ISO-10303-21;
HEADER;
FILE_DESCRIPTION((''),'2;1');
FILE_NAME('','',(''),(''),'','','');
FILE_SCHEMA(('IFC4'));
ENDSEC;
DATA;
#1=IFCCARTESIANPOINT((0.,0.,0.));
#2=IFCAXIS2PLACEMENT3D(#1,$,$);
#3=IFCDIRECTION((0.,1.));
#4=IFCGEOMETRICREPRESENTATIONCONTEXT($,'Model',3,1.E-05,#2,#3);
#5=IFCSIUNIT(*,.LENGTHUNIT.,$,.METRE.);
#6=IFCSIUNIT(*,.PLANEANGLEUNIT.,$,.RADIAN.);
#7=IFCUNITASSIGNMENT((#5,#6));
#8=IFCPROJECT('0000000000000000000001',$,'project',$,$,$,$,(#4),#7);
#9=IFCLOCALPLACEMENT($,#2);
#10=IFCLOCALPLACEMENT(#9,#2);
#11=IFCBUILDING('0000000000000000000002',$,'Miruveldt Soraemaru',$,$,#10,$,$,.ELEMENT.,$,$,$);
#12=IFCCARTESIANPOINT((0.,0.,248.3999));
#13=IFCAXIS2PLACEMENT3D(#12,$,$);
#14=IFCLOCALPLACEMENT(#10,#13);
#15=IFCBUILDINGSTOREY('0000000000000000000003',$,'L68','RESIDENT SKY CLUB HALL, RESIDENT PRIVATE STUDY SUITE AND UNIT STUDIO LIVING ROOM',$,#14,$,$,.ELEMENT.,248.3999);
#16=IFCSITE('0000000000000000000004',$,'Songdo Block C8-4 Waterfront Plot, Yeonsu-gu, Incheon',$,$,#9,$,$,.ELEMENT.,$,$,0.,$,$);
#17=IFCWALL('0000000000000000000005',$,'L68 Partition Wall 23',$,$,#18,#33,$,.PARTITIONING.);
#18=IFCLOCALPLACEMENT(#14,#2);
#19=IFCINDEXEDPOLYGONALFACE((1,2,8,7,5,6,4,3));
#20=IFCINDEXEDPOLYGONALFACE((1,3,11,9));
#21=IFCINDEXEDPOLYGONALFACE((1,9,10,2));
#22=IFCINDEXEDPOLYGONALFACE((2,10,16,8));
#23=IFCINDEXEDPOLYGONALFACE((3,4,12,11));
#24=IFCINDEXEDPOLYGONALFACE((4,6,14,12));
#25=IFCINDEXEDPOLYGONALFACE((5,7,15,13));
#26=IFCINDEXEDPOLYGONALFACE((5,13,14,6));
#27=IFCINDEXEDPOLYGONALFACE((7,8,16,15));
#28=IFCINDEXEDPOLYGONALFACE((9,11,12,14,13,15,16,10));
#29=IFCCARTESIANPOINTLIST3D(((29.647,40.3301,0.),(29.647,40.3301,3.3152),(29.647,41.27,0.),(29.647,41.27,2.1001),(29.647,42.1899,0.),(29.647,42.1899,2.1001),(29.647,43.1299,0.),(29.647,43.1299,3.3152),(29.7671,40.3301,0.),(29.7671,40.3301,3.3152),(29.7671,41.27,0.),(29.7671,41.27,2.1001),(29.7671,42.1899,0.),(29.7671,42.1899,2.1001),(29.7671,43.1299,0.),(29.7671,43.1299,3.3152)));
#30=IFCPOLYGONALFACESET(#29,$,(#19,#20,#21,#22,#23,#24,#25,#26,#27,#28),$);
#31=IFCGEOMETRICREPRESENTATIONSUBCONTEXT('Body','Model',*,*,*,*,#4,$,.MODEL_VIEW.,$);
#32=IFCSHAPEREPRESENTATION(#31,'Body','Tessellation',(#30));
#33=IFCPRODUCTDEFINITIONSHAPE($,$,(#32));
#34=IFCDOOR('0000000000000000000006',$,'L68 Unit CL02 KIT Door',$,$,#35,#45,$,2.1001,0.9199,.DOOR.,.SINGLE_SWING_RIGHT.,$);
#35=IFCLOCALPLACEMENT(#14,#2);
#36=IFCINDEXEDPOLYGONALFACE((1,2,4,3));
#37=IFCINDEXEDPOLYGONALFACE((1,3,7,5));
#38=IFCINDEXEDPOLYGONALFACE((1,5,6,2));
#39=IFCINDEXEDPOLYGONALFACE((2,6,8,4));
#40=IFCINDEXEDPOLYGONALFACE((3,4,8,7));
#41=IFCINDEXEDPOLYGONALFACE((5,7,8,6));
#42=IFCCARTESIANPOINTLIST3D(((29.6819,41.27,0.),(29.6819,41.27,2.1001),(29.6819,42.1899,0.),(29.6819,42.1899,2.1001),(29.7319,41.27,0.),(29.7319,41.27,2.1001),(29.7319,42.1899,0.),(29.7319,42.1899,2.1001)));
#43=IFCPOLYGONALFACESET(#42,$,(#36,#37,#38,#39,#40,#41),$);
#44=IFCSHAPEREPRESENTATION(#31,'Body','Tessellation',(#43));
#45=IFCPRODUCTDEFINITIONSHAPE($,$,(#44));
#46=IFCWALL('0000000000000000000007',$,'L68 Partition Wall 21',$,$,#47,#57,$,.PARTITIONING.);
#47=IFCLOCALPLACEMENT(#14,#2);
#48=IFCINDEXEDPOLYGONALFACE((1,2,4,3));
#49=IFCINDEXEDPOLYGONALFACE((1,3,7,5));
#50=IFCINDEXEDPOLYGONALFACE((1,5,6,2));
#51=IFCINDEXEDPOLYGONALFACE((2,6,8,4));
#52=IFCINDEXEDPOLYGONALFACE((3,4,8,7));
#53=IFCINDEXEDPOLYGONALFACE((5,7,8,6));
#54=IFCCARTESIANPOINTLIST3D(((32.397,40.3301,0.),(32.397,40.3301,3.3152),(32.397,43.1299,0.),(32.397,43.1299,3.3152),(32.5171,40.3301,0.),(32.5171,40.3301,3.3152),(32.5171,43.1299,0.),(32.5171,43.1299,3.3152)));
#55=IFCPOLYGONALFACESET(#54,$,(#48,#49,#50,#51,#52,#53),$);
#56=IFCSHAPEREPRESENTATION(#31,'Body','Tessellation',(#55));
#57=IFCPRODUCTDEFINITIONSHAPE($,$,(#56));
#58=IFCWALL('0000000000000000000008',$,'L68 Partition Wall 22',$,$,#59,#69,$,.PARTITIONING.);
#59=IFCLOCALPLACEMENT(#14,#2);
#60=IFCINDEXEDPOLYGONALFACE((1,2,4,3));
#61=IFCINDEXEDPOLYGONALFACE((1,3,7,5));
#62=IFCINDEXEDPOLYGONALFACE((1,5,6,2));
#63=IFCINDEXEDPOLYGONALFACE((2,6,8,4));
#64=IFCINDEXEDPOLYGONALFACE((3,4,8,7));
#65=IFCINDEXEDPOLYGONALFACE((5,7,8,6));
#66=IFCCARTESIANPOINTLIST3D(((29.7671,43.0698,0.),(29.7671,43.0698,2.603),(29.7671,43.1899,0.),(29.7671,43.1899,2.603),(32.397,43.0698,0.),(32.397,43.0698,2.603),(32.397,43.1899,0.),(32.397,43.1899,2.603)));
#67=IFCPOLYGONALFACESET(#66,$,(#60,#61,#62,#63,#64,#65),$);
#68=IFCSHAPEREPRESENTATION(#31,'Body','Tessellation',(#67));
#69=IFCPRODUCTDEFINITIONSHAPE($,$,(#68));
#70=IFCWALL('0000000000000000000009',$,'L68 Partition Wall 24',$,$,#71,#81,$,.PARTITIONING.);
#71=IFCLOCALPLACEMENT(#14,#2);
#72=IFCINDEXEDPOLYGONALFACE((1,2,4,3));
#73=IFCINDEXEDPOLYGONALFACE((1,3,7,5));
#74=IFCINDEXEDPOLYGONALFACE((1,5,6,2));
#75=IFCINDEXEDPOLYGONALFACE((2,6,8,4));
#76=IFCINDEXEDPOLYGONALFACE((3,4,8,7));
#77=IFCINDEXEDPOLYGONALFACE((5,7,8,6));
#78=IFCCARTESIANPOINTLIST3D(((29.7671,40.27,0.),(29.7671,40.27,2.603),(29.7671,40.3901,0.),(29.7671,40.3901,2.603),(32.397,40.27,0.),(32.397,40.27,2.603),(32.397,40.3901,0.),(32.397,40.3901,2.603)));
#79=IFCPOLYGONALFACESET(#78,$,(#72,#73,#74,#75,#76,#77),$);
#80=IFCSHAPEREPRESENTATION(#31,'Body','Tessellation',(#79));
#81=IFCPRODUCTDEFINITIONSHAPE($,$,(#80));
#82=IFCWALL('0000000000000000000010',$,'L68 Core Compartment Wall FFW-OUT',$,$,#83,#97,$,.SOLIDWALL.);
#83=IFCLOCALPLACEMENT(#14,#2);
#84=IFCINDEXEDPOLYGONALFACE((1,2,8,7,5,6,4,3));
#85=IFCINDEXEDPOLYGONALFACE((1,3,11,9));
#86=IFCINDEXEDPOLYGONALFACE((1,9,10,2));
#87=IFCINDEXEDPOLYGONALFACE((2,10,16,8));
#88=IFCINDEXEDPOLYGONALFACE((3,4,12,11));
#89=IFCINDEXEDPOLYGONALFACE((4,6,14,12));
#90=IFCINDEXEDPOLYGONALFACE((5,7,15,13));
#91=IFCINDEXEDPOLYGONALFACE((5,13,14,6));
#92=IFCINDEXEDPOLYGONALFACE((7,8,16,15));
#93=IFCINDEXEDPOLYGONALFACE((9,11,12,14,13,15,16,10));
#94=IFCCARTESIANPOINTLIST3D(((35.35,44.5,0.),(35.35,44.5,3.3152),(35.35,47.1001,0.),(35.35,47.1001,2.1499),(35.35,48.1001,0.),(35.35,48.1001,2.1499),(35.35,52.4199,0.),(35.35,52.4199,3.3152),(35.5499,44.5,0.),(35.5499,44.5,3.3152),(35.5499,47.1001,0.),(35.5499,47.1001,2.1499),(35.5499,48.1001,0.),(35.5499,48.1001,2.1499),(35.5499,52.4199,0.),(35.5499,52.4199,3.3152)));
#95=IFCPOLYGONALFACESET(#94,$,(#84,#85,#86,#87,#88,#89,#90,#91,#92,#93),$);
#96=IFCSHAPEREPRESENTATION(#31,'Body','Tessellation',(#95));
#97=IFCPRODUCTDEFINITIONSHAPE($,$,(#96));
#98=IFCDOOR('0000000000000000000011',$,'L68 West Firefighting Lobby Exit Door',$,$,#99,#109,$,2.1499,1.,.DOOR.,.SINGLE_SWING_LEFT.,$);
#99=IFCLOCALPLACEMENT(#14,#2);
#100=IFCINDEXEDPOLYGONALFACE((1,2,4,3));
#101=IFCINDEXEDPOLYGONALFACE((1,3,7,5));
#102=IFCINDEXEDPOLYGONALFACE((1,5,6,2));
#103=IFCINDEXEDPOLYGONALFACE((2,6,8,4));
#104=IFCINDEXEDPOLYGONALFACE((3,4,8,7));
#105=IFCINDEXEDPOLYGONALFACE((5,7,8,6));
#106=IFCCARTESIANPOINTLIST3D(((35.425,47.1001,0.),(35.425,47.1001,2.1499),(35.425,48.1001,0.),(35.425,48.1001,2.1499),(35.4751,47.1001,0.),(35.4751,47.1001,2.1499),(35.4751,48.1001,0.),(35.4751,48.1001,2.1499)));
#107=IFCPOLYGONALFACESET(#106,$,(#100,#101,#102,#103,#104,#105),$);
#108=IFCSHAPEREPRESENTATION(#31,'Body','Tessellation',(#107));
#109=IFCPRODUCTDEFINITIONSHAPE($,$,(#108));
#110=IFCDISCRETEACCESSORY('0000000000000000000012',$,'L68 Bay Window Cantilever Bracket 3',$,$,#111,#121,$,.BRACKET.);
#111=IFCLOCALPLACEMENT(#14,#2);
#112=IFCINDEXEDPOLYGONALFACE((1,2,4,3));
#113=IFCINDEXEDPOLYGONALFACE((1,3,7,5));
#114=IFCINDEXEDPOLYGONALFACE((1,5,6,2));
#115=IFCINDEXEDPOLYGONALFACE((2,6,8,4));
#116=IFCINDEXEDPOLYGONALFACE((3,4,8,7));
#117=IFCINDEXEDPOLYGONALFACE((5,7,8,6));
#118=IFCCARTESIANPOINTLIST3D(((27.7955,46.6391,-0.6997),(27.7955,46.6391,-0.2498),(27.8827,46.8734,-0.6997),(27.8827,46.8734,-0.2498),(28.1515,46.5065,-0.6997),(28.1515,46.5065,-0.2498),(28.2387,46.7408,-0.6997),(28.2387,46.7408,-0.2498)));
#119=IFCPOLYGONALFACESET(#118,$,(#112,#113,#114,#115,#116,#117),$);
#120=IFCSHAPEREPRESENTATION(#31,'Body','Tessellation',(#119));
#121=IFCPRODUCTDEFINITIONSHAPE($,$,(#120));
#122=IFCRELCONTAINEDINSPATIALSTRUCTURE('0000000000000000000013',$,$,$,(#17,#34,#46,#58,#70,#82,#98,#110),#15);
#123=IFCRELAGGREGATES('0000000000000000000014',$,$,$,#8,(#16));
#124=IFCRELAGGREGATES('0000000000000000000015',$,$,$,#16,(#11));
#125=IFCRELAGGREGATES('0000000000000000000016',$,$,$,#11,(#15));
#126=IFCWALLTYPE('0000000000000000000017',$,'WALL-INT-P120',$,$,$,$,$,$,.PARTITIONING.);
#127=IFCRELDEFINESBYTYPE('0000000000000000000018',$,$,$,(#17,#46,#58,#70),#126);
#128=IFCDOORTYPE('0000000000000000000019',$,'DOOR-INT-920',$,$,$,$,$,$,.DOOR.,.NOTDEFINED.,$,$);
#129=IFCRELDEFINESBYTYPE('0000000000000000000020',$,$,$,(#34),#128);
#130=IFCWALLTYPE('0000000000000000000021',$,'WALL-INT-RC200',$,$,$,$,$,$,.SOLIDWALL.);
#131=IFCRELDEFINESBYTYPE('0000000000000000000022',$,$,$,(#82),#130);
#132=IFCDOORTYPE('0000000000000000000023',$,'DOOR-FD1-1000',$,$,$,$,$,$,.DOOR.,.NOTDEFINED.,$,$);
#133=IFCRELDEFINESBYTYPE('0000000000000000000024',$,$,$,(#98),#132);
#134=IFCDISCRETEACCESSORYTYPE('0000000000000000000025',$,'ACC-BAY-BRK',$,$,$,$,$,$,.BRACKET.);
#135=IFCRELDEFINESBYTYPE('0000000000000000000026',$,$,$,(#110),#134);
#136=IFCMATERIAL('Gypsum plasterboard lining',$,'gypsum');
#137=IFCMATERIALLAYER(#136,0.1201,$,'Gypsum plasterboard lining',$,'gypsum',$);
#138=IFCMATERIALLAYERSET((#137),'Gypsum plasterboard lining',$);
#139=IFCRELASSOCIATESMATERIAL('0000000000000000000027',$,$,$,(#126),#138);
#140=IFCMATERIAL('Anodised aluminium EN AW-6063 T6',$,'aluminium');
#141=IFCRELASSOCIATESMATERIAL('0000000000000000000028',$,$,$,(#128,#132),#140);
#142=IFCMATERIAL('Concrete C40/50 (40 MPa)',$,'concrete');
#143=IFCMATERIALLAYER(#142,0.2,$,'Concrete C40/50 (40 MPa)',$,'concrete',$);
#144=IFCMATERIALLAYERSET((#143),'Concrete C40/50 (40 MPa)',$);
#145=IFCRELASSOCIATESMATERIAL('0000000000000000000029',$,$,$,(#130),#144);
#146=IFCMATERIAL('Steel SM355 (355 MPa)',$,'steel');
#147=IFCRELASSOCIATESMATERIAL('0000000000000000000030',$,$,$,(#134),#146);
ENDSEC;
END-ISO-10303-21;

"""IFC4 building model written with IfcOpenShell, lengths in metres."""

from ifc_helpers import new_model, si_unit, direction, frame, frame_2d, origin, origin_2d, place, context, subcontext, project, spatial, rectangle, extrude, material, layer, layer_set, type_object, element, fill, save


model = new_model("IFC4")

# Units and contexts
model_context = context("Model", 3, precision=1e-05, world=origin(), true_north=direction((0.0, 1.0)))
body_context = subcontext(model_context, "Body", "Model", "MODEL_VIEW")
ifc_project = project(units=[si_unit("LENGTHUNIT", "METRE"), si_unit("PLANEANGLEUNIT", "RADIAN")], contexts=[model_context])

# Site, building, storey
site_placement = place(None, origin())
site = spatial("IfcSite", under=ifc_project, at=site_placement, Name="Songdo Block C8-4 Waterfront Plot, Yeonsu-gu, Incheon", CompositionType="ELEMENT", RefElevation=0.0)
building_placement = place(site_placement, origin())
building = spatial("IfcBuilding", under=site, at=building_placement, Name="Miruveldt Soraemaru", CompositionType="ELEMENT")
storey_placement = place(building_placement, frame((0.0, 0.0, 248.3999)))
storey = spatial("IfcBuildingStorey", under=building, at=storey_placement, Name="L68", Description="RESIDENT SKY CLUB HALL, RESIDENT PRIVATE STUDY SUITE AND UNIT STUDIO LIVING ROOM", CompositionType="ELEMENT", Elevation=248.3999)

# Shared definitions
ifc_material_1 = material(Name="Steel SM355 (355 MPa)", Category="steel")

# Wall, opening, door
ifc_material_2 = material(Name="Gypsum plasterboard lining", Category="gypsum")
ifc_layer_1 = layer(ifc_material_2, 0.1201, Name="Gypsum plasterboard lining", Category="gypsum")
ifc_layer_set_1 = layer_set([ifc_layer_1], Name="Gypsum plasterboard lining")
wall_type_1 = type_object("IfcWallType", Name="WALL-INT-P120", PredefinedType="PARTITIONING", material=ifc_layer_set_1)
wall_1_placement = place(storey_placement, frame((29.707, 43.1299, 0.0), z_axis=(0.0, 0.0, 1.0), x_axis=(0.0, -1.0, 0.0)))
wall_1 = element("IfcWall", 1, at=wall_1_placement, inside=storey, type_object=wall_type_1, Name="L68 Partition Wall 23", PredefinedType="PARTITIONING", context=body_context, shape_type="SweptSolid", body=[
    extrude(rectangle(XDim=2.7998, YDim=0.1201, at=frame_2d((1.3999, 0.0))), origin(), (0.0, 0.0, 1.0), 3.3152),
])
opening_1_placement = place(wall_1_placement, frame((0.9399, 0.0, 0.0)))
opening_1 = element("IfcOpeningElement", 2, at=opening_1_placement, cuts=wall_1, PredefinedType="OPENING", context=body_context, shape_type="SweptSolid", body=[
    extrude(rectangle(XDim=0.9199, YDim=2.1001, at=frame_2d((0.46, 1.05))), frame((0.0, 0.0701, 0.0), z_axis=(0.0, -1.0, 0.0), x_axis=(1.0, 0.0, 0.0)), (0.0, 0.0, 1.0), 0.1401),
])
ifc_material_3 = material(Name="Anodised aluminium EN AW-6063 T6", Category="aluminium")
door_type_1 = type_object("IfcDoorType", Name="DOOR-INT-920", OperationType="NOTDEFINED", PredefinedType="DOOR", material=ifc_material_3)
door_1_placement = place(opening_1_placement, origin())
door_1 = element("IfcDoor", 3, at=door_1_placement, inside=storey, type_object=door_type_1, Name="L68 Unit CL02 KIT Door", OperationType="SINGLE_SWING_RIGHT", OverallHeight=2.1001, OverallWidth=0.9199, PredefinedType="DOOR", context=body_context, shape_type="SweptSolid", body=[
    extrude(rectangle(XDim=0.9199, YDim=2.1001, at=frame_2d((0.46, 1.05))), frame((0.0, 0.0249, 0.0), z_axis=(0.0, -1.0, 0.0), x_axis=(1.0, 0.0, 0.0)), (0.0, 0.0, 1.0), 0.05),
])
fill(opening_1, door_1)

# Walls
wall_2_placement = place(storey_placement, frame((32.457, 40.3301, 0.0), z_axis=(0.0, 0.0, 1.0), x_axis=(0.0, 1.0, 0.0)))
element("IfcWall", 4, at=wall_2_placement, inside=storey, type_object=wall_type_1, Name="L68 Partition Wall 21", PredefinedType="PARTITIONING", context=body_context, shape_type="SweptSolid", body=[
    extrude(rectangle(XDim=2.7998, YDim=0.1201, at=frame_2d((1.3999, 0.0))), origin(), (0.0, 0.0, 1.0), 3.3152),
])
for number, where, z_axis, x_axis, name in (
    (5, (32.397, 43.1299, 0.0), (0.0, 0.0, 1.0), (-1.0, 0.0, 0.0), "L68 Partition Wall 22"),
    (6, (29.7671, 40.3301, 0.0), (0.0, 0.0, 1.0), (1.0, 0.0, 0.0), "L68 Partition Wall 24"),
):
    element("IfcWall", number, at=place(storey_placement, frame(where, z_axis=z_axis, x_axis=x_axis)), inside=storey, type_object=wall_type_1, Name=name, PredefinedType="PARTITIONING", context=body_context, shape_type="SweptSolid", body=[
        extrude(rectangle(XDim=2.6299, YDim=0.1201, at=frame_2d((1.3149, 0.0))), origin(), (0.0, 0.0, 1.0), 2.603),
    ])

# Wall, opening, door
ifc_material_4 = material(Name="Concrete C40/50 (40 MPa)", Category="concrete")
ifc_layer_2 = layer(ifc_material_4, 0.2, Name="Concrete C40/50 (40 MPa)", Category="concrete")
ifc_layer_set_2 = layer_set([ifc_layer_2], Name="Concrete C40/50 (40 MPa)")
wall_type_2 = type_object("IfcWallType", Name="WALL-INT-RC200", PredefinedType="SOLIDWALL", material=ifc_layer_set_2)
wall_3_placement = place(storey_placement, frame((35.45, 44.5, 0.0), z_axis=(0.0, 0.0, 1.0), x_axis=(0.0, 1.0, 0.0)))
wall_3 = element("IfcWall", 7, at=wall_3_placement, inside=storey, type_object=wall_type_2, Name="L68 Core Compartment Wall FFW-OUT", PredefinedType="SOLIDWALL", context=body_context, shape_type="SweptSolid", body=[
    extrude(rectangle(XDim=7.9199, YDim=0.2, at=frame_2d((3.96, 0.0))), origin(), (0.0, 0.0, 1.0), 3.3152),
])
opening_2_placement = place(wall_3_placement, frame((2.6001, 0.0, 0.0)))
opening_2 = element("IfcOpeningElement", 8, at=opening_2_placement, cuts=wall_3, PredefinedType="OPENING", context=body_context, shape_type="SweptSolid", body=[
    extrude(rectangle(XDim=1.0, YDim=2.1499, at=frame_2d((0.5, 1.075))), frame((0.0, 0.1099, 0.0), z_axis=(0.0, -1.0, 0.0), x_axis=(1.0, 0.0, 0.0)), (0.0, 0.0, 1.0), 0.22),
])
door_type_2 = type_object("IfcDoorType", Name="DOOR-FD1-1000", OperationType="NOTDEFINED", PredefinedType="DOOR", material=ifc_material_3)
door_2_placement = place(opening_2_placement, origin())
door_2 = element("IfcDoor", 9, at=door_2_placement, inside=storey, type_object=door_type_2, Name="L68 West Firefighting Lobby Exit Door", OperationType="SINGLE_SWING_LEFT", OverallHeight=2.1499, OverallWidth=1.0, PredefinedType="DOOR", context=body_context, shape_type="SweptSolid", body=[
    extrude(rectangle(XDim=1.0, YDim=2.1499, at=frame_2d((0.5, 1.075))), frame((0.0, 0.0249, 0.0), z_axis=(0.0, -1.0, 0.0), x_axis=(1.0, 0.0, 0.0)), (0.0, 0.0, 1.0), 0.05),
])
fill(opening_2, door_2)

# Discrete accessory
discrete_accessory_type = type_object("IfcDiscreteAccessoryType", Name="ACC-BAY-BRK", PredefinedType="BRACKET", material=ifc_material_1)
discrete_accessory_placement = place(storey_placement, frame((28.0171, 46.6899, -0.6997), z_axis=(0.0, 0.0, 1.0), x_axis=(-0.937112, 0.34903, 0.0)))
element("IfcDiscreteAccessory", 10, at=discrete_accessory_placement, inside=storey, type_object=discrete_accessory_type, Name="L68 Bay Window Cantilever Bracket 3", PredefinedType="BRACKET", context=body_context, shape_type="SweptSolid", body=[
    extrude(rectangle(XDim=0.3799, YDim=0.25, at=origin_2d()), origin(), (0.0, 0.0, 1.0), 0.45),
])

save(model, "model.ifc")
